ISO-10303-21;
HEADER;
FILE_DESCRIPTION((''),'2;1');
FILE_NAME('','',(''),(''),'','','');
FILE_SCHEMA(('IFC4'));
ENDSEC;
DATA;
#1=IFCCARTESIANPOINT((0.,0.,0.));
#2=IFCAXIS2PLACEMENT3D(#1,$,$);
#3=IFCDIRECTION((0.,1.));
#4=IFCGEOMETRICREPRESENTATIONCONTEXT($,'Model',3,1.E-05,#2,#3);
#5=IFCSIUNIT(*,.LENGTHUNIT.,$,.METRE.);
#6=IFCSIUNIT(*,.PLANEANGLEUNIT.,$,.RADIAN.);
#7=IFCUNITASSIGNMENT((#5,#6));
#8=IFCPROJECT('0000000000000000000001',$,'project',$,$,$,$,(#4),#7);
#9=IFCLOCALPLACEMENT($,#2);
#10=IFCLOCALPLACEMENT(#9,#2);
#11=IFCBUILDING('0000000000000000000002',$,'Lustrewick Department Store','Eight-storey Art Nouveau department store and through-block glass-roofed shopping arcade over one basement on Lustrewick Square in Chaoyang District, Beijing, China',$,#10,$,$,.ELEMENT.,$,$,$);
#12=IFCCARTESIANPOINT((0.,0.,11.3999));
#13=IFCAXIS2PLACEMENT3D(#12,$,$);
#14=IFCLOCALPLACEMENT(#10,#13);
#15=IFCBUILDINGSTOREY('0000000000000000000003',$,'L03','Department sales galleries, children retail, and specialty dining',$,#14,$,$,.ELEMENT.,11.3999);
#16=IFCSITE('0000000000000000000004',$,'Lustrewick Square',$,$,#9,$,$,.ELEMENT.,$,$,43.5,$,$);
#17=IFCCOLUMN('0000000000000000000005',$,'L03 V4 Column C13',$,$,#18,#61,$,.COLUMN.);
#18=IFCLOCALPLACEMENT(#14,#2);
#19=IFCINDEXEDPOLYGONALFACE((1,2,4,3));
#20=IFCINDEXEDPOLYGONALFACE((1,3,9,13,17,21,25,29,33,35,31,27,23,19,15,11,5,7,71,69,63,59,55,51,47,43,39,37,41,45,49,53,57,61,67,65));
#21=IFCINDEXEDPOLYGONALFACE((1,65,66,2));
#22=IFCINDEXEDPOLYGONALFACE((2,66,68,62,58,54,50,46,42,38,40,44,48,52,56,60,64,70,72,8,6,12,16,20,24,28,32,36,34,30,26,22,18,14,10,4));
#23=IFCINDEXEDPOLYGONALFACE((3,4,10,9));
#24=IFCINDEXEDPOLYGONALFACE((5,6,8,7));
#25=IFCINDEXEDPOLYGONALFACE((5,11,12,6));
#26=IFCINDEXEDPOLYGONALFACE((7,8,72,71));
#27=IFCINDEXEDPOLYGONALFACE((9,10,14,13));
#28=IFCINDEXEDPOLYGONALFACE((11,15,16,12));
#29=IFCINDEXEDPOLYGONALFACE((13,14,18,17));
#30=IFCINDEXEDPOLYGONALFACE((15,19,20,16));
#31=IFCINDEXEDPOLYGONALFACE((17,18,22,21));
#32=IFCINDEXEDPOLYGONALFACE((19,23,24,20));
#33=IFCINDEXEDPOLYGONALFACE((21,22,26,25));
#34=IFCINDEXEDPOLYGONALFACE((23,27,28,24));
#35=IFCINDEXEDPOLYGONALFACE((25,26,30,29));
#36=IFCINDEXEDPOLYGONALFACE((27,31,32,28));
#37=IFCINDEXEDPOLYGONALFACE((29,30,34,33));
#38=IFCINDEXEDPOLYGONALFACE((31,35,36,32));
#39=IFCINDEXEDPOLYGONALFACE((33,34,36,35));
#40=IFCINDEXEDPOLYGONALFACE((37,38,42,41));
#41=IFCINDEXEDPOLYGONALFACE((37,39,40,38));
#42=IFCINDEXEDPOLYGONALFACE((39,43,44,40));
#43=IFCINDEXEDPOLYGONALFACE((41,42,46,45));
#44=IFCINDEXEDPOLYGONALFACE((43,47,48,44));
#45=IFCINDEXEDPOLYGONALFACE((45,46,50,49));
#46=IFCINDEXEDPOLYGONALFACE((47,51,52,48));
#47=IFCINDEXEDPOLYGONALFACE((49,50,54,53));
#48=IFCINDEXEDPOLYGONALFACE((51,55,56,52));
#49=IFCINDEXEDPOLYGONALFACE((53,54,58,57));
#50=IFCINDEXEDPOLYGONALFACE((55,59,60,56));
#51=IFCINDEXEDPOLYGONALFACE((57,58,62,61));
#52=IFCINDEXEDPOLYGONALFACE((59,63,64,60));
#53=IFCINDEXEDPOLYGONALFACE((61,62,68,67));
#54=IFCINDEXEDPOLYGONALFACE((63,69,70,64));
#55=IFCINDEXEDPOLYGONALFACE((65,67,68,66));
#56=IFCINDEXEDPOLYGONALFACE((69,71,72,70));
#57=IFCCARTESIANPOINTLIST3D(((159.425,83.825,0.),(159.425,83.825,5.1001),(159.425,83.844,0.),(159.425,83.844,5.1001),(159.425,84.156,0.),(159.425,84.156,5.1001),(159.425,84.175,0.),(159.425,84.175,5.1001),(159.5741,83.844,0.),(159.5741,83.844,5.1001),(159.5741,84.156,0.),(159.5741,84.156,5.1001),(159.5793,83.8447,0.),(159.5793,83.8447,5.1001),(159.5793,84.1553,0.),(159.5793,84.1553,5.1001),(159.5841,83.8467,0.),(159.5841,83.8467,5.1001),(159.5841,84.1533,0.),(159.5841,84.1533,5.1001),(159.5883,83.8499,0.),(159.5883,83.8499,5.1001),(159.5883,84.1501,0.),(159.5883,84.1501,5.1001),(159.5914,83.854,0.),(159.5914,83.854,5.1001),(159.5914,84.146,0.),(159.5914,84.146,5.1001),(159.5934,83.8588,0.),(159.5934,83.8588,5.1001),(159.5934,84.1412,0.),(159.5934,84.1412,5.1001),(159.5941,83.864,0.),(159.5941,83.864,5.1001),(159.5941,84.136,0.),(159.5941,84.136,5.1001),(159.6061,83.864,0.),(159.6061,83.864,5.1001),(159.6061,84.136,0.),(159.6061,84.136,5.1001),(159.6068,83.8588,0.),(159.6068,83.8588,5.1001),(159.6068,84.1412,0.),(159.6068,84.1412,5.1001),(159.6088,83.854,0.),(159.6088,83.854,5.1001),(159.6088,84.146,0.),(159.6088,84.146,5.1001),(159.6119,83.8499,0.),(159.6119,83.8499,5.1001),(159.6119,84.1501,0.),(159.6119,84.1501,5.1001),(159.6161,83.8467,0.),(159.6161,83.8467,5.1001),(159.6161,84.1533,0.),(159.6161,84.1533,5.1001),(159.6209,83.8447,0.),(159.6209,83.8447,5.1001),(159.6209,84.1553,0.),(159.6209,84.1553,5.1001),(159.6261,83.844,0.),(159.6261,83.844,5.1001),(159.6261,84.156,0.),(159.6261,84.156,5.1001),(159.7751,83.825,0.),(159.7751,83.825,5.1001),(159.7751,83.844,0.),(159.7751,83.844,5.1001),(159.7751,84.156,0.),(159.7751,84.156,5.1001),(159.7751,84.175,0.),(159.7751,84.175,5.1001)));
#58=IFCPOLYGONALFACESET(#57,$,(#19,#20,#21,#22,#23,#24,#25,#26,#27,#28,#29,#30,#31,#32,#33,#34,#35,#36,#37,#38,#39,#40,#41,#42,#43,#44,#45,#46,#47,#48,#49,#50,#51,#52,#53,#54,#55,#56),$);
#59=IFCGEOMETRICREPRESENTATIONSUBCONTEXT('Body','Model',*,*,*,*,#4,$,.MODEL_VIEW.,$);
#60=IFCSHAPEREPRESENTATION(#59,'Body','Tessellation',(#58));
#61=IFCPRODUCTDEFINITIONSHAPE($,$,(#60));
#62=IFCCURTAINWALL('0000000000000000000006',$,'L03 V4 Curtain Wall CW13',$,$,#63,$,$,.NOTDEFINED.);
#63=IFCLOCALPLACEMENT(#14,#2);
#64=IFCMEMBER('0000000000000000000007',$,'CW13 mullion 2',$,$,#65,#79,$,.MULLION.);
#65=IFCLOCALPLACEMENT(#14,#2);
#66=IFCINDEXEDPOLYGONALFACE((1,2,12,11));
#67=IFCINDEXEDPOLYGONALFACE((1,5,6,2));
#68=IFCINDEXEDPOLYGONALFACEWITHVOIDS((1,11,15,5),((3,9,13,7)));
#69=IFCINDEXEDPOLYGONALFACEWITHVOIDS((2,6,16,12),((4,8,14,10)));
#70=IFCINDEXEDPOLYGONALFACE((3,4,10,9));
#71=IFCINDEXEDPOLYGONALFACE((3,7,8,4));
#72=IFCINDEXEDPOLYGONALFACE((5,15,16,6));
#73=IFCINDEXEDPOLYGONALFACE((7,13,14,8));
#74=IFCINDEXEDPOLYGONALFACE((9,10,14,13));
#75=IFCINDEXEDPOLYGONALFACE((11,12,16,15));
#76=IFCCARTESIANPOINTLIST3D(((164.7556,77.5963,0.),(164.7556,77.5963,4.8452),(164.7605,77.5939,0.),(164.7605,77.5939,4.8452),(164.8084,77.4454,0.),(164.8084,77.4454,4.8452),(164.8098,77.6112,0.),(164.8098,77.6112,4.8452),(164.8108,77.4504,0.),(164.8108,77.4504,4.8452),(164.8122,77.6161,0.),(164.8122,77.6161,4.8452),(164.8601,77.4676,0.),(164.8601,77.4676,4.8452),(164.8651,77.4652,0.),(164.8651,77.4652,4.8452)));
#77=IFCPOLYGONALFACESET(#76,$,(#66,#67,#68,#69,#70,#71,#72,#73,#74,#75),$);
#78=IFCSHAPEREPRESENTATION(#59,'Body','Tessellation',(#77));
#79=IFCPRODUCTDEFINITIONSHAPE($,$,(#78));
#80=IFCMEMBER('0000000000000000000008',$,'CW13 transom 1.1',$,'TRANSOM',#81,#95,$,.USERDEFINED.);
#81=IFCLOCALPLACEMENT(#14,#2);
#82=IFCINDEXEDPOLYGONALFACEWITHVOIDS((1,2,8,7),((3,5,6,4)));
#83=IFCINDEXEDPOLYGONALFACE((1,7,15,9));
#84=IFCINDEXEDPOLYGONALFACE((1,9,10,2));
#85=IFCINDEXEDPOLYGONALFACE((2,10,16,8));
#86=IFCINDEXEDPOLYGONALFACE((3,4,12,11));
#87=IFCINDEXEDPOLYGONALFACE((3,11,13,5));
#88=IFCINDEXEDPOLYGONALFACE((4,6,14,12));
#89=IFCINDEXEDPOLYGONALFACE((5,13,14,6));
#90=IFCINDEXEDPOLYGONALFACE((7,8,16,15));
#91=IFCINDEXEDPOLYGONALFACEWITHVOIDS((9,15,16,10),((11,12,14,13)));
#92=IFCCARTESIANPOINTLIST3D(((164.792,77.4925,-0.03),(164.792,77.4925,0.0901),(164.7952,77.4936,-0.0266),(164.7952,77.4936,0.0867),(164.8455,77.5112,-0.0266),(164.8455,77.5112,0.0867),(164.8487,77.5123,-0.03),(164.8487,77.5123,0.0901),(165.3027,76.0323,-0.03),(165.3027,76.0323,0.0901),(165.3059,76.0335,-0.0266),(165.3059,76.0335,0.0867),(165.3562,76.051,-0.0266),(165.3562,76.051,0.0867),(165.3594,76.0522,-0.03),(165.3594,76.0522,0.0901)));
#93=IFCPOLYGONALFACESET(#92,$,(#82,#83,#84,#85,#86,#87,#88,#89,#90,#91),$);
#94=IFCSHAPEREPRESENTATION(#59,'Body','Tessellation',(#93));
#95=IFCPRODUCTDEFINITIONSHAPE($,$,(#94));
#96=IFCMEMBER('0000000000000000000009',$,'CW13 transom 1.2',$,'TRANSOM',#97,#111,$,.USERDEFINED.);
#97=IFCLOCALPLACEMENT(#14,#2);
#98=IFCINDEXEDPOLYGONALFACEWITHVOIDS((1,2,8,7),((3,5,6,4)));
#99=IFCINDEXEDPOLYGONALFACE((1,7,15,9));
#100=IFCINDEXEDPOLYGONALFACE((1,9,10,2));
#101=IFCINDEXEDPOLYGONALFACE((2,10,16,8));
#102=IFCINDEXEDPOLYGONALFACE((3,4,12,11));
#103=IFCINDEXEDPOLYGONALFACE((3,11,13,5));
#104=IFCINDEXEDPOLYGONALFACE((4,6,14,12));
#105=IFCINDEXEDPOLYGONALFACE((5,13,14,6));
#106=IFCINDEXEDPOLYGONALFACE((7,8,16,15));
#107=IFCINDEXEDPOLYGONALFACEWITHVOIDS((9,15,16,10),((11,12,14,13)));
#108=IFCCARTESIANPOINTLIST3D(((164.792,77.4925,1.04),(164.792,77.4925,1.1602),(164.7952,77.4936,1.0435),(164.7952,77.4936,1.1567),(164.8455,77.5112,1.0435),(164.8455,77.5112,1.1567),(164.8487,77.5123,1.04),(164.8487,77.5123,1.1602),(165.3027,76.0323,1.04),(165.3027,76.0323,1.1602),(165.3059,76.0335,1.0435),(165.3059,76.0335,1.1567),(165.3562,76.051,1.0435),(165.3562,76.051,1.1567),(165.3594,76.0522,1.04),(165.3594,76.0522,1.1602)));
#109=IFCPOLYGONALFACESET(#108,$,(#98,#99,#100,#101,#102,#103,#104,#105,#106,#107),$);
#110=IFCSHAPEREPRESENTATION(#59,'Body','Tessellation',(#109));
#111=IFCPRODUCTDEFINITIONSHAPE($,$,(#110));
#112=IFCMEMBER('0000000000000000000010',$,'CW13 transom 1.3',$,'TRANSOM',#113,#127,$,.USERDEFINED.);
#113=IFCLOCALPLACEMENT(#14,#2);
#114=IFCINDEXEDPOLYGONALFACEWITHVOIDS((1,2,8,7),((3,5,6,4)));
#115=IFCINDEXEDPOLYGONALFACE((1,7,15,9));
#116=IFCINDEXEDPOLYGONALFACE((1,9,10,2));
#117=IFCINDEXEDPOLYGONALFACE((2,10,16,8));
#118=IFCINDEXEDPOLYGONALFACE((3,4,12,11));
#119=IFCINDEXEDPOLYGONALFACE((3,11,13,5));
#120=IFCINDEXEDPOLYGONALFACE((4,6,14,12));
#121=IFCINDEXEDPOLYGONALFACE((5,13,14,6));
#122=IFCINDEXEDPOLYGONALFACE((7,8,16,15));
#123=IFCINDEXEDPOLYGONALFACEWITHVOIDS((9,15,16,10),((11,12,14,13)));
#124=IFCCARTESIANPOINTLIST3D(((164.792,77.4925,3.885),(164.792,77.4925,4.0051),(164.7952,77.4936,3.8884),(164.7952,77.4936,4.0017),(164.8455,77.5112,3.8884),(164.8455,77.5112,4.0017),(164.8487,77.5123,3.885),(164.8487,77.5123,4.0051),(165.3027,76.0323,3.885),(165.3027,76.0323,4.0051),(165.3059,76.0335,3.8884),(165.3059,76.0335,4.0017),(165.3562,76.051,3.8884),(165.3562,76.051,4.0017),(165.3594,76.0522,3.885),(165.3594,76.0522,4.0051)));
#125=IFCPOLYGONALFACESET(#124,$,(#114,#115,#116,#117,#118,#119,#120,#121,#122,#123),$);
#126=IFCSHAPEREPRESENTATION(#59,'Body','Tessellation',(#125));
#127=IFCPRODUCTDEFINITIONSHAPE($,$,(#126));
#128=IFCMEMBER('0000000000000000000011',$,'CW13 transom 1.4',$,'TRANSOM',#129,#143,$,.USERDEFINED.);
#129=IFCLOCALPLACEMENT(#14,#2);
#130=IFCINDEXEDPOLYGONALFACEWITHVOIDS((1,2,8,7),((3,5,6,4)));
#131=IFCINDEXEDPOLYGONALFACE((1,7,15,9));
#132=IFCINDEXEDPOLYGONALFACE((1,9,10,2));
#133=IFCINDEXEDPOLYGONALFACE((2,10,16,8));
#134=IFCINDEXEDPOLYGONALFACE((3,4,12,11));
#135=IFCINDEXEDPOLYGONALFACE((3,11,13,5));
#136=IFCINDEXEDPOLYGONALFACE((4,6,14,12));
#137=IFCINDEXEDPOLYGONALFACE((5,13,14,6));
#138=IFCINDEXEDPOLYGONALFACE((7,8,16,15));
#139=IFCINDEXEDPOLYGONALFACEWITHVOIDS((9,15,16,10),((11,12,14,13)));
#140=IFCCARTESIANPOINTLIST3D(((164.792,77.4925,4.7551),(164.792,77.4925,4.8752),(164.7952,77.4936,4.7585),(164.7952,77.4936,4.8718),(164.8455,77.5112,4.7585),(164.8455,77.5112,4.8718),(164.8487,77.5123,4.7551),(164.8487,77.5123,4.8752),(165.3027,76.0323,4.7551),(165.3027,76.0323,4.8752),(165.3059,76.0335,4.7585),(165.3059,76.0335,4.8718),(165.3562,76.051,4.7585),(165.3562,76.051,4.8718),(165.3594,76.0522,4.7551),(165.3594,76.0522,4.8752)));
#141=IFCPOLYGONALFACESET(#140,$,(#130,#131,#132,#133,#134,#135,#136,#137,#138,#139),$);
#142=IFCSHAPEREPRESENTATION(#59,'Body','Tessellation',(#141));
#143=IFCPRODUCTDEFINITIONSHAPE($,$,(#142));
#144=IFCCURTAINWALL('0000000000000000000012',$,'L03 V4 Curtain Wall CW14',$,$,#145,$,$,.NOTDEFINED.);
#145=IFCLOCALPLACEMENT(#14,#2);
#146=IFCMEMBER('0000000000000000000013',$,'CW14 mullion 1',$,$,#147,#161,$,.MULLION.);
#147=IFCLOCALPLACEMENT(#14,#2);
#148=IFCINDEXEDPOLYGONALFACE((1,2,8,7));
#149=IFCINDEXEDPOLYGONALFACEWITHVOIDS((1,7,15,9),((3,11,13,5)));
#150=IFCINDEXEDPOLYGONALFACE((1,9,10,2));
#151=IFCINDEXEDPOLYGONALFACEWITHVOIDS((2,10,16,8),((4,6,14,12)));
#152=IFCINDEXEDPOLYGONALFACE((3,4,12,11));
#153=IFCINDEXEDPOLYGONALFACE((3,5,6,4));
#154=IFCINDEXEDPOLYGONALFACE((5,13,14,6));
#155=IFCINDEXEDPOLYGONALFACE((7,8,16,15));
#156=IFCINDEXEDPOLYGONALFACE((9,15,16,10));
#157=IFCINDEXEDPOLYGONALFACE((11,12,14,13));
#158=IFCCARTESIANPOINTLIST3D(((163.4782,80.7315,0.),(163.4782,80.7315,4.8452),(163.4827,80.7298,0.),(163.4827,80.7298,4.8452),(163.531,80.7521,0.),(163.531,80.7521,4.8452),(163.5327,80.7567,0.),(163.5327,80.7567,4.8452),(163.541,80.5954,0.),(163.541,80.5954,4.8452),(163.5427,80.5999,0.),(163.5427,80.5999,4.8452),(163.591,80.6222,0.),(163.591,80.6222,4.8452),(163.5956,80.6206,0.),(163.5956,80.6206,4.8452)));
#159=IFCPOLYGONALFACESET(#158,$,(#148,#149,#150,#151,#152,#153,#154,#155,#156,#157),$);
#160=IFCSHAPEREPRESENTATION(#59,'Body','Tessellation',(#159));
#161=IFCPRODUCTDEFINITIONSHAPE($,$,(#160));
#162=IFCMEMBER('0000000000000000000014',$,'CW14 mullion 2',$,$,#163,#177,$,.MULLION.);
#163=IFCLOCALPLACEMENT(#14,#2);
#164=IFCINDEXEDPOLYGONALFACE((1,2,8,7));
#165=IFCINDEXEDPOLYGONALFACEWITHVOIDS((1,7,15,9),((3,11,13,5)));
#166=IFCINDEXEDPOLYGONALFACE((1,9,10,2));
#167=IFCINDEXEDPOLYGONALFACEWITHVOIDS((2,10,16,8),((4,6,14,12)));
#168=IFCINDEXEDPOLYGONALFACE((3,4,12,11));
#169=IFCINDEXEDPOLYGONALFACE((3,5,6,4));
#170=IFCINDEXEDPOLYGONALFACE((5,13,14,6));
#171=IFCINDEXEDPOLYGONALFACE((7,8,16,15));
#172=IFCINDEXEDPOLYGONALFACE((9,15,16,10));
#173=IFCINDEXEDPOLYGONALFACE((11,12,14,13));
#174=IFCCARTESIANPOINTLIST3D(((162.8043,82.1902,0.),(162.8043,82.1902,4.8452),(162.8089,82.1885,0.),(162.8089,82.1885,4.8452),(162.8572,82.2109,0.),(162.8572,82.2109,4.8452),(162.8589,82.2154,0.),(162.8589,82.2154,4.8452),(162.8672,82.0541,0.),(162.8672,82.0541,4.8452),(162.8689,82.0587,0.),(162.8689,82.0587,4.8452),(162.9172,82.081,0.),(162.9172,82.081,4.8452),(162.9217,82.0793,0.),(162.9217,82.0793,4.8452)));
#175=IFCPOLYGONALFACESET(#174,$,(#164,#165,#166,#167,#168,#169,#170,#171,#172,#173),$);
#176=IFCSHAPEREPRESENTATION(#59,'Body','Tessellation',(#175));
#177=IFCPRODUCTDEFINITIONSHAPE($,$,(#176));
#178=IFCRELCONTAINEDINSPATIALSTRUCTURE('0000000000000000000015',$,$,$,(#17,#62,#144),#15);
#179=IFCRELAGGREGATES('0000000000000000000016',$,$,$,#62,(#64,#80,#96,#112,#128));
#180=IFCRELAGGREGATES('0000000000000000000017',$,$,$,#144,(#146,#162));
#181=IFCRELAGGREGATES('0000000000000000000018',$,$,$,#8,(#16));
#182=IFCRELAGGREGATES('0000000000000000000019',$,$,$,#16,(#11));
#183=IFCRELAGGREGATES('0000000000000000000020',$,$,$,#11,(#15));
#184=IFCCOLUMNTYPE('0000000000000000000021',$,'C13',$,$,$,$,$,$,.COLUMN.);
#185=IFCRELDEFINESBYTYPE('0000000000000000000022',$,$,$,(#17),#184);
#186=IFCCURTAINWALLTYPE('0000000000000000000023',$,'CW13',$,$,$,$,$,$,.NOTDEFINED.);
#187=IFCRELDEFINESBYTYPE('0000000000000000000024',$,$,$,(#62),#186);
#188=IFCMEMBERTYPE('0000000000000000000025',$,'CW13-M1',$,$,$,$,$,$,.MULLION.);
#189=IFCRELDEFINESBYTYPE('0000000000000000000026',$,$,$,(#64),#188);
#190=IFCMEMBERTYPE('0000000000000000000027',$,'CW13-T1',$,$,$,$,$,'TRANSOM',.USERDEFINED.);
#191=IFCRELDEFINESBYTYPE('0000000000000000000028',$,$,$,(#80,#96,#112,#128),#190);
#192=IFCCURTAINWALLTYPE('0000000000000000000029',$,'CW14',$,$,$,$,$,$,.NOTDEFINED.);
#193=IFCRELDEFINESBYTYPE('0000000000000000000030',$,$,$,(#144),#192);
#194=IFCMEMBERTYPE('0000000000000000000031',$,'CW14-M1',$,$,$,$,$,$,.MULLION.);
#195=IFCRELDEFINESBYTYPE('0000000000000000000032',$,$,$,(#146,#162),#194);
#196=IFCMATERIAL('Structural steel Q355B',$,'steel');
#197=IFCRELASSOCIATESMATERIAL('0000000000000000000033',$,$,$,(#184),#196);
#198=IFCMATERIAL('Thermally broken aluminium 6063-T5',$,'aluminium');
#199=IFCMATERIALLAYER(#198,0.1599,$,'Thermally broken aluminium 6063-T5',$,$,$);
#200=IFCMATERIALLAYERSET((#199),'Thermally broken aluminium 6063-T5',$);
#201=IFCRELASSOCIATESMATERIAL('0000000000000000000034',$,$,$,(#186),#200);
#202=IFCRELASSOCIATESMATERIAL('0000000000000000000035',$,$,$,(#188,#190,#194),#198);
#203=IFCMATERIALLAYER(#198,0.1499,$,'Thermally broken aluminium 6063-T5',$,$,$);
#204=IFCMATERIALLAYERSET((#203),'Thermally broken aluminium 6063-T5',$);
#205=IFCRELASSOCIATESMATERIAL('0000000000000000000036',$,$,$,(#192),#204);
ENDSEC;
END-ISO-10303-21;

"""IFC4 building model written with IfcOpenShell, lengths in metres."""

from ifc_helpers import new_model, si_unit, direction, frame, origin, origin_2d, place, context, subcontext, project, spatial, hollow_rectangle, i_section, extrude, material, layer, layer_set, material_profile, profile_set, type_object, element, aggregate, save


model = new_model("IFC4")

# Units and contexts
model_context = context("Model", 3, precision=1e-05, world=origin(), true_north=direction((0.0, 1.0)))
body_context = subcontext(model_context, "Body", "Model", "MODEL_VIEW")
ifc_project = project(units=[si_unit("LENGTHUNIT", "METRE"), si_unit("PLANEANGLEUNIT", "RADIAN")], contexts=[model_context])

# Site, building, storey
site_placement = place(None, origin())
site = spatial("IfcSite", under=ifc_project, at=site_placement, Name="Lustrewick Square", CompositionType="ELEMENT", RefElevation=43.5)
building_placement = place(site_placement, origin())
building = spatial("IfcBuilding", under=site, at=building_placement, Name="Lustrewick Department Store", Description="Eight-storey Art Nouveau department store and through-block glass-roofed shopping arcade over one basement on Lustrewick Square in Chaoyang District, Beijing, China", CompositionType="ELEMENT")
storey_placement = place(building_placement, frame((0.0, 0.0, 11.3999)))
storey = spatial("IfcBuildingStorey", under=building, at=storey_placement, Name="L03", Description="Department sales galleries, children retail, and specialty dining", CompositionType="ELEMENT", Elevation=11.3999)

# Column
ifc_material_1 = material(Name="Structural steel Q355B", Category="steel")
ifc_material_profile_1 = material_profile(ifc_material_1, i_section(OverallWidth=0.3501, OverallDepth=0.3501, WebThickness=0.012, FlangeThickness=0.019, FilletRadius=0.02, at=origin_2d()), Name="HW 350x350x12x19")
ifc_profile_set_1 = profile_set([ifc_material_profile_1], Name="Structural steel Q355B")
column_type = type_object("IfcColumnType", Name="C13", PredefinedType="COLUMN", material=ifc_profile_set_1)
column_placement = place(storey_placement, frame((159.6001, 84.0, 0.0), z_axis=(0.0, 0.0, 1.0), x_axis=(1.0, 0.0, 0.0)))
element("IfcColumn", 1, at=column_placement, inside=storey, type_object=column_type, Name="L03 V4 Column C13", PredefinedType="COLUMN", context=body_context, shape_type="SweptSolid", body=[
    extrude(i_section(OverallWidth=0.3501, OverallDepth=0.3501, WebThickness=0.012, FlangeThickness=0.019, FilletRadius=0.02, at=origin_2d()), origin(), (0.0, 0.0, 1.0), 5.1001),
])

# Curtain walls, members
ifc_material_2 = material(Name="Thermally broken aluminium 6063-T5", Category="aluminium")
ifc_layer_1 = layer(ifc_material_2, 0.1599, Name="Thermally broken aluminium 6063-T5")
ifc_layer_set_1 = layer_set([ifc_layer_1], Name="Thermally broken aluminium 6063-T5")
curtain_wall_type_1 = type_object("IfcCurtainWallType", Name="CW13", PredefinedType="NOTDEFINED", material=ifc_layer_set_1)
curtain_wall_1_placement = place(storey_placement, origin())
curtain_wall_1 = element("IfcCurtainWall", 2, at=curtain_wall_1_placement, inside=storey, type_object=curtain_wall_type_1, Name="L03 V4 Curtain Wall CW13", PredefinedType="NOTDEFINED")
ifc_material_profile_2 = material_profile(ifc_material_2, hollow_rectangle(XDim=0.0601, YDim=0.1599, WallThickness=0.0039, at=origin_2d()), Name="ALU-M 60x160x4")
ifc_profile_set_2 = profile_set([ifc_material_profile_2], Name="Thermally broken aluminium 6063-T5")
member_type_1 = type_object("IfcMemberType", Name="CW13-M1", PredefinedType="MULLION", material=ifc_profile_set_2)
member_1_placement = place(storey_placement, frame((164.8103, 77.5308, 0.0), z_axis=(0.0, 0.0, 1.0), x_axis=(-0.943894, -0.330249, 0.0)))
member_1 = element("IfcMember", 3, at=member_1_placement, type_object=member_type_1, Name="CW13 mullion 2", PredefinedType="MULLION", context=body_context, shape_type="SweptSolid", body=[
    extrude(hollow_rectangle(XDim=0.0601, YDim=0.1599, WallThickness=0.0039, at=origin_2d()), origin(), (0.0, 0.0, 1.0), 4.8452),
])
ifc_material_profile_3 = material_profile(ifc_material_2, hollow_rectangle(XDim=0.0601, YDim=0.1201, WallThickness=0.0034, at=origin_2d()), Name="ALU-T 60x120x3.5")
ifc_profile_set_3 = profile_set([ifc_material_profile_3], Name="Thermally broken aluminium 6063-T5")
member_type_2 = type_object("IfcMemberType", Name="CW13-T1", ElementType="TRANSOM", PredefinedType="USERDEFINED", material=ifc_profile_set_3)
member_2_placement = place(storey_placement, frame((165.3311, 76.0422, 0.03), z_axis=(-0.330161, 0.943925, 0.0), x_axis=(-0.943925, -0.330161, 0.0)))
member_2 = element("IfcMember", 4, at=member_2_placement, type_object=member_type_2, Name="CW13 transom 1.1", ObjectType="TRANSOM", PredefinedType="USERDEFINED", context=body_context, shape_type="SweptSolid", body=[
    extrude(hollow_rectangle(XDim=0.0601, YDim=0.1201, WallThickness=0.0034, at=origin_2d()), origin(), (0.0, 0.0, 1.0), 1.5469),
])
member_3_placement = place(storey_placement, frame((165.3311, 76.0422, 1.1001), z_axis=(-0.330161, 0.943925, 0.0), x_axis=(-0.943925, -0.330161, 0.0)))
member_3 = element("IfcMember", 5, at=member_3_placement, type_object=member_type_2, Name="CW13 transom 1.2", ObjectType="TRANSOM", PredefinedType="USERDEFINED", context=body_context, shape_type="SweptSolid", body=[
    extrude(hollow_rectangle(XDim=0.0601, YDim=0.1201, WallThickness=0.0034, at=origin_2d()), origin(), (0.0, 0.0, 1.0), 1.5469),
])
member_4_placement = place(storey_placement, frame((165.3311, 76.0422, 3.9451), z_axis=(-0.330161, 0.943925, 0.0), x_axis=(-0.943925, -0.330161, 0.0)))
member_4 = element("IfcMember", 6, at=member_4_placement, type_object=member_type_2, Name="CW13 transom 1.3", ObjectType="TRANSOM", PredefinedType="USERDEFINED", context=body_context, shape_type="SweptSolid", body=[
    extrude(hollow_rectangle(XDim=0.0601, YDim=0.1201, WallThickness=0.0034, at=origin_2d()), origin(), (0.0, 0.0, 1.0), 1.5469),
])
member_5_placement = place(storey_placement, frame((165.3311, 76.0422, 4.8152), z_axis=(-0.330161, 0.943925, 0.0), x_axis=(-0.943925, -0.330161, 0.0)))
member_5 = element("IfcMember", 7, at=member_5_placement, type_object=member_type_2, Name="CW13 transom 1.4", ObjectType="TRANSOM", PredefinedType="USERDEFINED", context=body_context, shape_type="SweptSolid", body=[
    extrude(hollow_rectangle(XDim=0.0601, YDim=0.1201, WallThickness=0.0034, at=origin_2d()), origin(), (0.0, 0.0, 1.0), 1.5469),
])
ifc_layer_2 = layer(ifc_material_2, 0.1499, Name="Thermally broken aluminium 6063-T5")
ifc_layer_set_2 = layer_set([ifc_layer_2], Name="Thermally broken aluminium 6063-T5")
curtain_wall_type_2 = type_object("IfcCurtainWallType", Name="CW14", PredefinedType="NOTDEFINED", material=ifc_layer_set_2)
curtain_wall_2_placement = place(storey_placement, origin())
curtain_wall_2 = element("IfcCurtainWall", 8, at=curtain_wall_2_placement, inside=storey, type_object=curtain_wall_type_2, Name="L03 V4 Curtain Wall CW14", PredefinedType="NOTDEFINED")
ifc_material_profile_4 = material_profile(ifc_material_2, hollow_rectangle(XDim=0.0601, YDim=0.1499, WallThickness=0.0034, at=origin_2d()), Name="ALU-M 60x150x3.5")
ifc_profile_set_4 = profile_set([ifc_material_profile_4], Name="Thermally broken aluminium 6063-T5")
member_type_3 = type_object("IfcMemberType", Name="CW14-M1", PredefinedType="MULLION", material=ifc_profile_set_4)
member_6_placement = place(storey_placement, frame((163.5369, 80.676, 0.0), z_axis=(0.0, 0.0, 1.0), x_axis=(-0.90781, -0.419382, 0.0)))
member_6 = element("IfcMember", 9, at=member_6_placement, type_object=member_type_3, Name="CW14 mullion 1", PredefinedType="MULLION", context=body_context, shape_type="SweptSolid", body=[
    extrude(hollow_rectangle(XDim=0.0601, YDim=0.1499, WallThickness=0.0034, at=origin_2d()), origin(), (0.0, 0.0, 1.0), 4.8452),
])
member_7_placement = place(storey_placement, frame((162.863, 82.1348, 0.0), z_axis=(0.0, 0.0, 1.0), x_axis=(-0.90781, -0.419382, 0.0)))
member_7 = element("IfcMember", 10, at=member_7_placement, type_object=member_type_3, Name="CW14 mullion 2", PredefinedType="MULLION", context=body_context, shape_type="SweptSolid", body=[
    extrude(hollow_rectangle(XDim=0.0601, YDim=0.1499, WallThickness=0.0034, at=origin_2d()), origin(), (0.0, 0.0, 1.0), 4.8452),
])

aggregate(curtain_wall_1, [member_1, member_2, member_3, member_4, member_5])
aggregate(curtain_wall_2, [member_6, member_7])

save(model, "model.ifc")
